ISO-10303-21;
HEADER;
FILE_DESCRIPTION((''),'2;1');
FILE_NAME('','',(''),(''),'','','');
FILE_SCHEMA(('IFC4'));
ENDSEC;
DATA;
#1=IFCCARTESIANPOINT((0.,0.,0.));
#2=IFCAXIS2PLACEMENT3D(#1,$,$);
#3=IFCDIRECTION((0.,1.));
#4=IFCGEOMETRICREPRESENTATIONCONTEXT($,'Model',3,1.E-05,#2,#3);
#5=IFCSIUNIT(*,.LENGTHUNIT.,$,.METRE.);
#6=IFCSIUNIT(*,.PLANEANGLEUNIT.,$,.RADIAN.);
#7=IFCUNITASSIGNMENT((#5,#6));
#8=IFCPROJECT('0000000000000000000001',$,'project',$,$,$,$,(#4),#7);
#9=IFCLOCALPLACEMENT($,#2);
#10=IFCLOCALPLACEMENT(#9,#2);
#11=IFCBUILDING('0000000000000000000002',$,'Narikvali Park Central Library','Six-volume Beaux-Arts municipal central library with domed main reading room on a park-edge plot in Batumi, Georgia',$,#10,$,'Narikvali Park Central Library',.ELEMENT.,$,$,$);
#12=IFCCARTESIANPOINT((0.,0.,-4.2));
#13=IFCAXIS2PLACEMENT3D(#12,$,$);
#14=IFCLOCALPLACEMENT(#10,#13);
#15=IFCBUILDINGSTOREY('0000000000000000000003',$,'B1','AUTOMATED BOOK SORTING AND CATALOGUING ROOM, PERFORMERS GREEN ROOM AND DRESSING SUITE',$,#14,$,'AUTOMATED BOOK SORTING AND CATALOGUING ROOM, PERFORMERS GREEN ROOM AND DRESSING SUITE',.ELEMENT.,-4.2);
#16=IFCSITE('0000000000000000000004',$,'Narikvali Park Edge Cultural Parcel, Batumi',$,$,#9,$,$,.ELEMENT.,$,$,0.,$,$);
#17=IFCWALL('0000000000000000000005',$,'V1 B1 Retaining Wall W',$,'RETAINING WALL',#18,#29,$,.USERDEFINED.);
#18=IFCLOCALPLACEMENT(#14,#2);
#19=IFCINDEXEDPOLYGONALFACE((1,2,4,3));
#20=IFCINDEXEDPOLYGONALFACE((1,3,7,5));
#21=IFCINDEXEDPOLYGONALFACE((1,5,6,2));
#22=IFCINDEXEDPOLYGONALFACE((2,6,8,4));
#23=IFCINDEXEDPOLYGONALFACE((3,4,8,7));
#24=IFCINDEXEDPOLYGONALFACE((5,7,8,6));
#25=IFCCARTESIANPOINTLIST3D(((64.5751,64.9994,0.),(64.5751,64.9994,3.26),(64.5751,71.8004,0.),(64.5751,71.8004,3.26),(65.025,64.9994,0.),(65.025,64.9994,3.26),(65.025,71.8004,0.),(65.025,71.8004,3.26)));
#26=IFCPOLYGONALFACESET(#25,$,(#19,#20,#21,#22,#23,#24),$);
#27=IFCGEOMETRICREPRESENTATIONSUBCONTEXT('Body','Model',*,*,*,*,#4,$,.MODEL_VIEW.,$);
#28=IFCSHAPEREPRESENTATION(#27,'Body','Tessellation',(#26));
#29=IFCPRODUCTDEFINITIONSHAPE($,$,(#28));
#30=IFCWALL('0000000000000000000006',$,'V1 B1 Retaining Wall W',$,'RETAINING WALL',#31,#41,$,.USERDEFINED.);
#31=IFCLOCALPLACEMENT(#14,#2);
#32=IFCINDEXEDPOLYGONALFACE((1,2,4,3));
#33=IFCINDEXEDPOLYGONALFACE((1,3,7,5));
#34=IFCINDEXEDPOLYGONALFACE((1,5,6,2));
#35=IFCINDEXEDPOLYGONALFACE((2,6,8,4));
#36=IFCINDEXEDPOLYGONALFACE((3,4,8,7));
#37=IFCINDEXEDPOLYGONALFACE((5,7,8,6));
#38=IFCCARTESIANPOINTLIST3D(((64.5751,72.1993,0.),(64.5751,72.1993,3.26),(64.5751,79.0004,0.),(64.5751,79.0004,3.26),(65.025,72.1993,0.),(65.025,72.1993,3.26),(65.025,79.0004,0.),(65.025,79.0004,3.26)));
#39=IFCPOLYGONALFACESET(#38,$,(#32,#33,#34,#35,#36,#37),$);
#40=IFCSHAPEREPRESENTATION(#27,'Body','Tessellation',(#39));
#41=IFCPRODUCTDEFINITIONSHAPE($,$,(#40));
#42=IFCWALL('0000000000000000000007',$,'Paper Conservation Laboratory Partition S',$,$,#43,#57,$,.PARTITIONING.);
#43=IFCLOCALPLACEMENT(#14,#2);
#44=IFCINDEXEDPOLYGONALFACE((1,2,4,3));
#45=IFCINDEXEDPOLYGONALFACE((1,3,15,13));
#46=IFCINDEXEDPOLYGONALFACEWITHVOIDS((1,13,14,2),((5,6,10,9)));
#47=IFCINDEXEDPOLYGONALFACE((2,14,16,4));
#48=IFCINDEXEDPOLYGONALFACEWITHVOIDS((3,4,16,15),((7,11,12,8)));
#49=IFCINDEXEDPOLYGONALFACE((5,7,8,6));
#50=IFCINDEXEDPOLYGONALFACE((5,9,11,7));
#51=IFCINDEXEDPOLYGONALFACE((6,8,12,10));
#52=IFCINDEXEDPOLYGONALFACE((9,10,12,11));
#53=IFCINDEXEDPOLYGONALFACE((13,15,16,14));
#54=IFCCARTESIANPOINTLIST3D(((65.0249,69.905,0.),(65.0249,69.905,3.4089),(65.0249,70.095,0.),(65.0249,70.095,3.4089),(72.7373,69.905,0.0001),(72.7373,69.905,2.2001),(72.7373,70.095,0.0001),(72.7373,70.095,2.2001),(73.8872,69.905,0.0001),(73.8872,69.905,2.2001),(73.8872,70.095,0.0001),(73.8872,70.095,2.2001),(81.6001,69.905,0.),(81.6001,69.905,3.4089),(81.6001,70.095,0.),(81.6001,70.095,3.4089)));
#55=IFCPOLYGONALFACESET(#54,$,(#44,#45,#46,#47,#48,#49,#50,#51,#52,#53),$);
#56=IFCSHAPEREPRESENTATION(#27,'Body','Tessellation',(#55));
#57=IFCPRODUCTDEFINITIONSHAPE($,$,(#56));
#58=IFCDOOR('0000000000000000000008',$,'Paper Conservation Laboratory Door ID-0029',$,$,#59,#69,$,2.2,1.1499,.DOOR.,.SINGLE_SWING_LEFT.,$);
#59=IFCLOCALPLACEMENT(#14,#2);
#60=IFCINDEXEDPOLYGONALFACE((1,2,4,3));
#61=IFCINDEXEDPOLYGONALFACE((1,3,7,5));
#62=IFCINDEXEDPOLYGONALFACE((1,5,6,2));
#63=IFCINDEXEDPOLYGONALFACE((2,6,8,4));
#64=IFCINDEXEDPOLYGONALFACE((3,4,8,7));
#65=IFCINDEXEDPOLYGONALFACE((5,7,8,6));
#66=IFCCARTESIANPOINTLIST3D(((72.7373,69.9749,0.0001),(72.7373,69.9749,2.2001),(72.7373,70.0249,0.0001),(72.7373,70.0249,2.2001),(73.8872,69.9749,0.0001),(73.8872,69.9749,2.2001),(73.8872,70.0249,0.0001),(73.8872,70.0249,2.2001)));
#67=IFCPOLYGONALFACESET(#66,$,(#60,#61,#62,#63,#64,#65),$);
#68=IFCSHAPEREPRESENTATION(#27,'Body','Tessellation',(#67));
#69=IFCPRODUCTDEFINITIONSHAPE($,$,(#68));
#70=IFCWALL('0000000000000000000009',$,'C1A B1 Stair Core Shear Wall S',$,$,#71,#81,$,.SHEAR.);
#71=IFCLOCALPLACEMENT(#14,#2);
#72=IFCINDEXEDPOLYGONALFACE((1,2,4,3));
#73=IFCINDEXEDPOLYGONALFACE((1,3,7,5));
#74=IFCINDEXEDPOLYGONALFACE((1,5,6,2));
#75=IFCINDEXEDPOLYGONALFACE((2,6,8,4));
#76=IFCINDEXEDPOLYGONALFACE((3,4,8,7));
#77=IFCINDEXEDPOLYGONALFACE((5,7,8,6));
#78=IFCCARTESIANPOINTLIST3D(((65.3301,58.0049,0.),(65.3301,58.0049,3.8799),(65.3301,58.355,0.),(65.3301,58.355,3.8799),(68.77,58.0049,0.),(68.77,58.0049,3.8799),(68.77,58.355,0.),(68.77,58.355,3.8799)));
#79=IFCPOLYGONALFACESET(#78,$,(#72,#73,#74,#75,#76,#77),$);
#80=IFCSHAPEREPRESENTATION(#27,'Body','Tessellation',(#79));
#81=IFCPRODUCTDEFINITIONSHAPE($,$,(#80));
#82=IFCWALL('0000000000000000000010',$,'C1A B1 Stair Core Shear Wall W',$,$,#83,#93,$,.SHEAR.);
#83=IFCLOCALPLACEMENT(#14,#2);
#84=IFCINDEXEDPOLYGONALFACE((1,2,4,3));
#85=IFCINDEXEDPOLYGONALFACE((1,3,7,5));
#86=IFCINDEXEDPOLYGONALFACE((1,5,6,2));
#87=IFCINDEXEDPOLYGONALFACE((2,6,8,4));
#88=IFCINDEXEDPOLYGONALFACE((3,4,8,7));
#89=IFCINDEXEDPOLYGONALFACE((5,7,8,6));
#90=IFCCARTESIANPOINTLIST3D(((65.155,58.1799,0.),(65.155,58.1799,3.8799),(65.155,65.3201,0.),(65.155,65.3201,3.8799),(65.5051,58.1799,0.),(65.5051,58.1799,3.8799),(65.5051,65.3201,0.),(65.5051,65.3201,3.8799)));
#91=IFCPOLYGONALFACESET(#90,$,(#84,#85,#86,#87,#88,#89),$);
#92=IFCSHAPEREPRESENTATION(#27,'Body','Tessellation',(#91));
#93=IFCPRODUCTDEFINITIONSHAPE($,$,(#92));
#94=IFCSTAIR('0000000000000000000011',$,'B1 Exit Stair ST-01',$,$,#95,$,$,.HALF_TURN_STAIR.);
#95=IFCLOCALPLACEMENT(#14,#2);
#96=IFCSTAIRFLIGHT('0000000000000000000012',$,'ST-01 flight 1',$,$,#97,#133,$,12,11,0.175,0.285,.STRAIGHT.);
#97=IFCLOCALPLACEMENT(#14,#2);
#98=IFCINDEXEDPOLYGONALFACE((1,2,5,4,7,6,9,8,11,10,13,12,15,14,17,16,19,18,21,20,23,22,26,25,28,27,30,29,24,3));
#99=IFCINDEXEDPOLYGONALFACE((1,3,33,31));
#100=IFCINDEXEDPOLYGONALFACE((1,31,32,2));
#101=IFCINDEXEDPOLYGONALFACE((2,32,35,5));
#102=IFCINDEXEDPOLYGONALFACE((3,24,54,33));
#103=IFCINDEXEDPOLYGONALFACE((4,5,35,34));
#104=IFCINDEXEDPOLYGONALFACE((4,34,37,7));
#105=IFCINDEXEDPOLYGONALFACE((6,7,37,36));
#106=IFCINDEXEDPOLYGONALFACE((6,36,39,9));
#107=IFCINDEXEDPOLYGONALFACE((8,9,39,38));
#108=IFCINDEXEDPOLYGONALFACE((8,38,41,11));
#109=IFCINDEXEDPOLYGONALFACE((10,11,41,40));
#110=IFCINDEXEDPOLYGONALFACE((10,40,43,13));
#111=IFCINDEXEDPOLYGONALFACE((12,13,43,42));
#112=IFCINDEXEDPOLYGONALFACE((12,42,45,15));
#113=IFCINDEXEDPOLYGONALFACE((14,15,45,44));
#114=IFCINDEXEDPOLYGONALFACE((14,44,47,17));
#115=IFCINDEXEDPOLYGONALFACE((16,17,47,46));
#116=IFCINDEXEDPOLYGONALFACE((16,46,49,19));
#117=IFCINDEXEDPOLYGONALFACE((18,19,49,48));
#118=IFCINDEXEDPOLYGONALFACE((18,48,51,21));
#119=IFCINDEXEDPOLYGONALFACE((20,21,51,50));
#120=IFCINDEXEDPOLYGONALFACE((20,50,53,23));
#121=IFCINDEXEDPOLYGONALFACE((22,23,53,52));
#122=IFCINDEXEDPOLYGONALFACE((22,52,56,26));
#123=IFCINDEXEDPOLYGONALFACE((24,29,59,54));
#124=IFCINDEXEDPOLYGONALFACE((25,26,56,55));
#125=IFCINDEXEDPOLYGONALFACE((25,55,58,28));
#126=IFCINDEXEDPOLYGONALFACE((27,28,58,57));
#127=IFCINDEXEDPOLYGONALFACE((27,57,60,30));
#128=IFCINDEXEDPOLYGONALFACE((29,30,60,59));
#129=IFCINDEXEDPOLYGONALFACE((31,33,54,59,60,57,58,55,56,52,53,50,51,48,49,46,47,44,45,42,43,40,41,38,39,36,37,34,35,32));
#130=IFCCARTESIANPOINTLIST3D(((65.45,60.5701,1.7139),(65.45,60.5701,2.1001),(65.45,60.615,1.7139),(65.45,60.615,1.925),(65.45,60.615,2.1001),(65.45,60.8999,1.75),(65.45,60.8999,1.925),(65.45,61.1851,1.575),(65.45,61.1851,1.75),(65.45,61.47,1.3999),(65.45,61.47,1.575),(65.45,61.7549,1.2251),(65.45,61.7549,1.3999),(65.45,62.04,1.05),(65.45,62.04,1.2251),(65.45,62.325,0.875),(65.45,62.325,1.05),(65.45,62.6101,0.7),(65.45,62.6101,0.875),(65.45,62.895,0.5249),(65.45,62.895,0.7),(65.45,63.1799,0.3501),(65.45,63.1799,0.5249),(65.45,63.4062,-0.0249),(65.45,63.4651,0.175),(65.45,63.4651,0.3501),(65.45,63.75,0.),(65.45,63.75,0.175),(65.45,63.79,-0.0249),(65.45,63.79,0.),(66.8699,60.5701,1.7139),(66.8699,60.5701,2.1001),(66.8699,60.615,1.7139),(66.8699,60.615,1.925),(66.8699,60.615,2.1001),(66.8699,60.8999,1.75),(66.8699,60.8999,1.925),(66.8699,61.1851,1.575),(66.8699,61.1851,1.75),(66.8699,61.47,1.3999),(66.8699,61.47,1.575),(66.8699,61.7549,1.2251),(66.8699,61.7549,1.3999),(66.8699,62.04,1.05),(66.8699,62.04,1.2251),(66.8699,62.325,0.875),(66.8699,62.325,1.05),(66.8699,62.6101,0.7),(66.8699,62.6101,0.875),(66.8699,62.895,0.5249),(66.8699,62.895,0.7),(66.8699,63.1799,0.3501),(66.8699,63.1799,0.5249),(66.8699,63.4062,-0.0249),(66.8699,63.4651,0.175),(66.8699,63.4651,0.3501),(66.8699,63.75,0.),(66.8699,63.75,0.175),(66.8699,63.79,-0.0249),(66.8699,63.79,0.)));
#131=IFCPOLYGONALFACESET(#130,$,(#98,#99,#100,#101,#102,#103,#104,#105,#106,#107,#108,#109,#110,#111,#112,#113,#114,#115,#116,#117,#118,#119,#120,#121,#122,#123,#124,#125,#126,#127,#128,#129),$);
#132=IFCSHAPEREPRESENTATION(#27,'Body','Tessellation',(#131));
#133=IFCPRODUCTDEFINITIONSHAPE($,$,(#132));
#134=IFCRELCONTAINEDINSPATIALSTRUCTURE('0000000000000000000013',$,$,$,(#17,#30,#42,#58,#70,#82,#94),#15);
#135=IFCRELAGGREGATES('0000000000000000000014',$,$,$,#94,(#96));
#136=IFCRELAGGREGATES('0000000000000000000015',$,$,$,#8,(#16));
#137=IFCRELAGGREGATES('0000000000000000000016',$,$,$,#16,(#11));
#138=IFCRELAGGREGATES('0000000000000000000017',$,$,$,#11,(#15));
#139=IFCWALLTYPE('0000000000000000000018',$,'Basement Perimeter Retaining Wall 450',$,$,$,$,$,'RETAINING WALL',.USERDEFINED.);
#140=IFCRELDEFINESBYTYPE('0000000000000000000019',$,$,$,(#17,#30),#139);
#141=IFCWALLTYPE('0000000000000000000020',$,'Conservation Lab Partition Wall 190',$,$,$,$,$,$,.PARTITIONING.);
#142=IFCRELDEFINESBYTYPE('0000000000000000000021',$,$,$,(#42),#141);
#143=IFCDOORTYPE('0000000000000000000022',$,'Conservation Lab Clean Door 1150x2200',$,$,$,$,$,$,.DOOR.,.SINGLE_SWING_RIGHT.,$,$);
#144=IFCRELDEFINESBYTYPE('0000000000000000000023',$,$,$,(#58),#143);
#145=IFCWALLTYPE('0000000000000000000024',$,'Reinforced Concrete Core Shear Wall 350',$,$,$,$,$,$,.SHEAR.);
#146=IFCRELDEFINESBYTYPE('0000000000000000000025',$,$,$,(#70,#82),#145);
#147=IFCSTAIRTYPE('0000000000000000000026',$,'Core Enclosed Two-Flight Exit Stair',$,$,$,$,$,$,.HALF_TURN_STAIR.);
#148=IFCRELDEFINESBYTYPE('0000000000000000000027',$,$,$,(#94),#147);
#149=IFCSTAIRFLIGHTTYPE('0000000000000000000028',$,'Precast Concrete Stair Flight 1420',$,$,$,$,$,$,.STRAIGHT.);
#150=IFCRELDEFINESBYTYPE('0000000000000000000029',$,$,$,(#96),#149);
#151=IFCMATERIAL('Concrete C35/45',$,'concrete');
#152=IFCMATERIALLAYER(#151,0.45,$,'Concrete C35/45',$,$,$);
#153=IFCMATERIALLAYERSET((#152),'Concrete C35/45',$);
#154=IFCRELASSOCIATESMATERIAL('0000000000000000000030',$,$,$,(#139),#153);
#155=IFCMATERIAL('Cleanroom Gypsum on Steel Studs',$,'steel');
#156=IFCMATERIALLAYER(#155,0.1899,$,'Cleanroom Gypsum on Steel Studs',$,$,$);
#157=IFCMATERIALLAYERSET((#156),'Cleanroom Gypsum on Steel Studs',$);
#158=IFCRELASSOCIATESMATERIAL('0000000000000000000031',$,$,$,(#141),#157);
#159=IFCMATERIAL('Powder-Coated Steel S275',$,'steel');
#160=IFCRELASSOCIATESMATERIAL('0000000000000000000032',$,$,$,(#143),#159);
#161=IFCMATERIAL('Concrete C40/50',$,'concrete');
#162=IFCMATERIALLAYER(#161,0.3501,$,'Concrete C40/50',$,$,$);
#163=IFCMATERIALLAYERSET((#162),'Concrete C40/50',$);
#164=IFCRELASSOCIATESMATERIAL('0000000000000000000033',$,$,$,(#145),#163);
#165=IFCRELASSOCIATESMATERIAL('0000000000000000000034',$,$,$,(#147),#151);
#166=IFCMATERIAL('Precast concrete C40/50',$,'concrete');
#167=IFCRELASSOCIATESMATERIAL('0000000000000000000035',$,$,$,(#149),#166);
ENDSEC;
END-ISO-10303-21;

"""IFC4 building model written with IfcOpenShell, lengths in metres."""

from ifc_helpers import new_model, si_unit, direction, frame, frame_2d, origin, place, context, subcontext, project, spatial, polyline, rectangle, outline, extrude, material, layer, layer_set, type_object, element, fill, aggregate, save


model = new_model("IFC4")

# Units and contexts
model_context = context("Model", 3, precision=1e-05, world=origin(), true_north=direction((0.0, 1.0)))
body_context = subcontext(model_context, "Body", "Model", "MODEL_VIEW")
ifc_project = project(units=[si_unit("LENGTHUNIT", "METRE"), si_unit("PLANEANGLEUNIT", "RADIAN")], contexts=[model_context])

# Site, building, storey
site_placement = place(None, origin())
site = spatial("IfcSite", under=ifc_project, at=site_placement, Name="Narikvali Park Edge Cultural Parcel, Batumi", CompositionType="ELEMENT", RefElevation=0.0)
building_placement = place(site_placement, origin())
building = spatial("IfcBuilding", under=site, at=building_placement, Name="Narikvali Park Central Library", Description="Six-volume Beaux-Arts municipal central library with domed main reading room on a park-edge plot in Batumi, Georgia", LongName="Narikvali Park Central Library", CompositionType="ELEMENT")
storey_placement = place(building_placement, frame((0.0, 0.0, -4.2)))
storey = spatial("IfcBuildingStorey", under=building, at=storey_placement, Name="B1", Description="AUTOMATED BOOK SORTING AND CATALOGUING ROOM, PERFORMERS GREEN ROOM AND DRESSING SUITE", LongName="AUTOMATED BOOK SORTING AND CATALOGUING ROOM, PERFORMERS GREEN ROOM AND DRESSING SUITE", CompositionType="ELEMENT", Elevation=-4.2)

# Shared definitions
ifc_material_1 = material(Name="Concrete C35/45", Category="concrete")

# Walls
ifc_layer_1 = layer(ifc_material_1, 0.45, Name="Concrete C35/45")
ifc_layer_set_1 = layer_set([ifc_layer_1], Name="Concrete C35/45")
wall_type_1 = type_object("IfcWallType", Name="Basement Perimeter Retaining Wall 450", ElementType="RETAINING WALL", PredefinedType="USERDEFINED", material=ifc_layer_set_1)
for number, where, z_axis, x_axis, name in (
    (1, (64.8, 64.9995, 0.0), (0.0, 0.0, 1.0), (0.0, 1.0, 0.0), "V1 B1 Retaining Wall W"),
    (2, (64.8, 72.1995, 0.0), (0.0, 0.0, 1.0), (0.0, 1.0, 0.0), "V1 B1 Retaining Wall W"),
):
    element("IfcWall", number, at=place(storey_placement, frame(where, z_axis=z_axis, x_axis=x_axis)), inside=storey, type_object=wall_type_1, Name=name, ObjectType="RETAINING WALL", PredefinedType="USERDEFINED", context=body_context, shape_type="SweptSolid", body=[
        extrude(rectangle(XDim=6.801, YDim=0.45, at=frame_2d((3.4004, 0.0))), origin(), (0.0, 0.0, 1.0), 3.26),
    ])

# Wall, opening, door
ifc_material_2 = material(Name="Cleanroom Gypsum on Steel Studs", Category="steel")
ifc_layer_2 = layer(ifc_material_2, 0.1899, Name="Cleanroom Gypsum on Steel Studs")
ifc_layer_set_2 = layer_set([ifc_layer_2], Name="Cleanroom Gypsum on Steel Studs")
wall_type_2 = type_object("IfcWallType", Name="Conservation Lab Partition Wall 190", PredefinedType="PARTITIONING", material=ifc_layer_set_2)
wall_1_placement = place(storey_placement, frame((65.0249, 70.0, 0.0), z_axis=(0.0, 0.0, 1.0), x_axis=(1.0, 0.0, 0.0)))
wall_1 = element("IfcWall", 3, at=wall_1_placement, inside=storey, type_object=wall_type_2, Name="Paper Conservation Laboratory Partition S", PredefinedType="PARTITIONING", context=body_context, shape_type="SweptSolid", body=[
    extrude(rectangle(XDim=16.5752, YDim=0.1899, at=frame_2d((8.2876, 0.0))), origin(), (0.0, 0.0, 1.0), 3.4089),
])
opening_placement = place(wall_1_placement, frame((7.7124, 0.0, 0.0)))
opening = element("IfcOpeningElement", 4, at=opening_placement, cuts=wall_1, PredefinedType="OPENING", context=body_context, shape_type="SweptSolid", body=[
    extrude(rectangle(XDim=1.1499, YDim=2.2, at=frame_2d((0.575, 1.1001))), frame((0.0, 0.1069, 0.0), z_axis=(0.0, -1.0, 0.0), x_axis=(1.0, 0.0, 0.0)), (0.0, 0.0, 1.0), 0.2139),
])
ifc_material_3 = material(Name="Powder-Coated Steel S275", Category="steel")
door_type = type_object("IfcDoorType", Name="Conservation Lab Clean Door 1150x2200", OperationType="SINGLE_SWING_RIGHT", PredefinedType="DOOR", material=ifc_material_3)
door_placement = place(opening_placement, origin())
door = element("IfcDoor", 5, at=door_placement, inside=storey, type_object=door_type, Name="Paper Conservation Laboratory Door ID-0029", OperationType="SINGLE_SWING_LEFT", OverallHeight=2.2, OverallWidth=1.1499, PredefinedType="DOOR", context=body_context, shape_type="SweptSolid", body=[
    extrude(rectangle(XDim=1.1499, YDim=2.2, at=frame_2d((0.575, 1.1001))), frame((0.0, 0.0249, 0.0), z_axis=(0.0, -1.0, 0.0), x_axis=(1.0, 0.0, 0.0)), (0.0, 0.0, 1.0), 0.05),
])
fill(opening, door)

# Walls
ifc_material_4 = material(Name="Concrete C40/50", Category="concrete")
ifc_layer_3 = layer(ifc_material_4, 0.3501, Name="Concrete C40/50")
ifc_layer_set_3 = layer_set([ifc_layer_3], Name="Concrete C40/50")
wall_type_3 = type_object("IfcWallType", Name="Reinforced Concrete Core Shear Wall 350", PredefinedType="SHEAR", material=ifc_layer_set_3)
wall_2_placement = place(storey_placement, frame((65.3301, 58.1799, 0.0), z_axis=(0.0, 0.0, 1.0), x_axis=(1.0, 0.0, 0.0)))
element("IfcWall", 6, at=wall_2_placement, inside=storey, type_object=wall_type_3, Name="C1A B1 Stair Core Shear Wall S", PredefinedType="SHEAR", context=body_context, shape_type="SweptSolid", body=[
    extrude(rectangle(XDim=3.4399, YDim=0.3501, at=frame_2d((1.72, 0.0))), origin(), (0.0, 0.0, 1.0), 3.8799),
])
wall_3_placement = place(storey_placement, frame((65.3301, 65.3201, 0.0), z_axis=(0.0, 0.0, 1.0), x_axis=(0.0, -1.0, 0.0)))
element("IfcWall", 7, at=wall_3_placement, inside=storey, type_object=wall_type_3, Name="C1A B1 Stair Core Shear Wall W", PredefinedType="SHEAR", context=body_context, shape_type="SweptSolid", body=[
    extrude(rectangle(XDim=7.1401, YDim=0.3501, at=frame_2d((3.5701, 0.0))), origin(), (0.0, 0.0, 1.0), 3.8799),
])

# Stair, stair flight
stair_type = type_object("IfcStairType", Name="Core Enclosed Two-Flight Exit Stair", PredefinedType="HALF_TURN_STAIR", material=ifc_material_1)
stair_placement = place(storey_placement, origin())
stair = element("IfcStair", 8, at=stair_placement, inside=storey, type_object=stair_type, Name="B1 Exit Stair ST-01", PredefinedType="HALF_TURN_STAIR")
ifc_material_5 = material(Name="Precast concrete C40/50", Category="concrete")
stair_flight_type = type_object("IfcStairFlightType", Name="Precast Concrete Stair Flight 1420", PredefinedType="STRAIGHT", material=ifc_material_5)
stair_flight_placement = place(storey_placement, frame((66.1599, 63.75, 0.0), z_axis=(0.0, 0.0, 1.0), x_axis=(0.0, -1.0, 0.0)))
stair_flight = element("IfcStairFlight", 9, at=stair_flight_placement, type_object=stair_flight_type, Name="ST-01 flight 1", NumberOfRisers=12, NumberOfTreads=11, PredefinedType="STRAIGHT", RiserHeight=0.175, TreadLength=0.285, context=body_context, shape_type="SweptSolid", body=[
    extrude(outline(polyline([(-0.04, -0.0249), (-0.04, 0.0), (0.0, 0.0), (0.0, 0.175), (0.2849, 0.175), (0.2849, 0.3501), (0.5701, 0.3501), (0.5701, 0.5249), (0.855, 0.5249), (0.855, 0.7), (1.1399, 0.7), (1.1399, 0.875), (1.425, 0.875), (1.425, 1.05), (1.71, 1.05), (1.71, 1.2251), (1.9951, 1.2251), (1.9951, 1.3999), (2.28, 1.3999), (2.28, 1.575), (2.5649, 1.575), (2.5649, 1.75), (2.8501, 1.75), (2.8501, 1.925), (3.135, 1.925), (3.135, 2.1001), (3.1799, 2.1001), (3.1799, 1.7139), (3.135, 1.7139), (0.3438, -0.0249), (-0.04, -0.0249)])), frame((0.0, 0.71, 0.0), z_axis=(0.0, -1.0, 0.0), x_axis=(1.0, 0.0, 0.0)), (0.0, 0.0, 1.0), 1.4199),
])
aggregate(stair, [stair_flight])

save(model, "model.ifc")
